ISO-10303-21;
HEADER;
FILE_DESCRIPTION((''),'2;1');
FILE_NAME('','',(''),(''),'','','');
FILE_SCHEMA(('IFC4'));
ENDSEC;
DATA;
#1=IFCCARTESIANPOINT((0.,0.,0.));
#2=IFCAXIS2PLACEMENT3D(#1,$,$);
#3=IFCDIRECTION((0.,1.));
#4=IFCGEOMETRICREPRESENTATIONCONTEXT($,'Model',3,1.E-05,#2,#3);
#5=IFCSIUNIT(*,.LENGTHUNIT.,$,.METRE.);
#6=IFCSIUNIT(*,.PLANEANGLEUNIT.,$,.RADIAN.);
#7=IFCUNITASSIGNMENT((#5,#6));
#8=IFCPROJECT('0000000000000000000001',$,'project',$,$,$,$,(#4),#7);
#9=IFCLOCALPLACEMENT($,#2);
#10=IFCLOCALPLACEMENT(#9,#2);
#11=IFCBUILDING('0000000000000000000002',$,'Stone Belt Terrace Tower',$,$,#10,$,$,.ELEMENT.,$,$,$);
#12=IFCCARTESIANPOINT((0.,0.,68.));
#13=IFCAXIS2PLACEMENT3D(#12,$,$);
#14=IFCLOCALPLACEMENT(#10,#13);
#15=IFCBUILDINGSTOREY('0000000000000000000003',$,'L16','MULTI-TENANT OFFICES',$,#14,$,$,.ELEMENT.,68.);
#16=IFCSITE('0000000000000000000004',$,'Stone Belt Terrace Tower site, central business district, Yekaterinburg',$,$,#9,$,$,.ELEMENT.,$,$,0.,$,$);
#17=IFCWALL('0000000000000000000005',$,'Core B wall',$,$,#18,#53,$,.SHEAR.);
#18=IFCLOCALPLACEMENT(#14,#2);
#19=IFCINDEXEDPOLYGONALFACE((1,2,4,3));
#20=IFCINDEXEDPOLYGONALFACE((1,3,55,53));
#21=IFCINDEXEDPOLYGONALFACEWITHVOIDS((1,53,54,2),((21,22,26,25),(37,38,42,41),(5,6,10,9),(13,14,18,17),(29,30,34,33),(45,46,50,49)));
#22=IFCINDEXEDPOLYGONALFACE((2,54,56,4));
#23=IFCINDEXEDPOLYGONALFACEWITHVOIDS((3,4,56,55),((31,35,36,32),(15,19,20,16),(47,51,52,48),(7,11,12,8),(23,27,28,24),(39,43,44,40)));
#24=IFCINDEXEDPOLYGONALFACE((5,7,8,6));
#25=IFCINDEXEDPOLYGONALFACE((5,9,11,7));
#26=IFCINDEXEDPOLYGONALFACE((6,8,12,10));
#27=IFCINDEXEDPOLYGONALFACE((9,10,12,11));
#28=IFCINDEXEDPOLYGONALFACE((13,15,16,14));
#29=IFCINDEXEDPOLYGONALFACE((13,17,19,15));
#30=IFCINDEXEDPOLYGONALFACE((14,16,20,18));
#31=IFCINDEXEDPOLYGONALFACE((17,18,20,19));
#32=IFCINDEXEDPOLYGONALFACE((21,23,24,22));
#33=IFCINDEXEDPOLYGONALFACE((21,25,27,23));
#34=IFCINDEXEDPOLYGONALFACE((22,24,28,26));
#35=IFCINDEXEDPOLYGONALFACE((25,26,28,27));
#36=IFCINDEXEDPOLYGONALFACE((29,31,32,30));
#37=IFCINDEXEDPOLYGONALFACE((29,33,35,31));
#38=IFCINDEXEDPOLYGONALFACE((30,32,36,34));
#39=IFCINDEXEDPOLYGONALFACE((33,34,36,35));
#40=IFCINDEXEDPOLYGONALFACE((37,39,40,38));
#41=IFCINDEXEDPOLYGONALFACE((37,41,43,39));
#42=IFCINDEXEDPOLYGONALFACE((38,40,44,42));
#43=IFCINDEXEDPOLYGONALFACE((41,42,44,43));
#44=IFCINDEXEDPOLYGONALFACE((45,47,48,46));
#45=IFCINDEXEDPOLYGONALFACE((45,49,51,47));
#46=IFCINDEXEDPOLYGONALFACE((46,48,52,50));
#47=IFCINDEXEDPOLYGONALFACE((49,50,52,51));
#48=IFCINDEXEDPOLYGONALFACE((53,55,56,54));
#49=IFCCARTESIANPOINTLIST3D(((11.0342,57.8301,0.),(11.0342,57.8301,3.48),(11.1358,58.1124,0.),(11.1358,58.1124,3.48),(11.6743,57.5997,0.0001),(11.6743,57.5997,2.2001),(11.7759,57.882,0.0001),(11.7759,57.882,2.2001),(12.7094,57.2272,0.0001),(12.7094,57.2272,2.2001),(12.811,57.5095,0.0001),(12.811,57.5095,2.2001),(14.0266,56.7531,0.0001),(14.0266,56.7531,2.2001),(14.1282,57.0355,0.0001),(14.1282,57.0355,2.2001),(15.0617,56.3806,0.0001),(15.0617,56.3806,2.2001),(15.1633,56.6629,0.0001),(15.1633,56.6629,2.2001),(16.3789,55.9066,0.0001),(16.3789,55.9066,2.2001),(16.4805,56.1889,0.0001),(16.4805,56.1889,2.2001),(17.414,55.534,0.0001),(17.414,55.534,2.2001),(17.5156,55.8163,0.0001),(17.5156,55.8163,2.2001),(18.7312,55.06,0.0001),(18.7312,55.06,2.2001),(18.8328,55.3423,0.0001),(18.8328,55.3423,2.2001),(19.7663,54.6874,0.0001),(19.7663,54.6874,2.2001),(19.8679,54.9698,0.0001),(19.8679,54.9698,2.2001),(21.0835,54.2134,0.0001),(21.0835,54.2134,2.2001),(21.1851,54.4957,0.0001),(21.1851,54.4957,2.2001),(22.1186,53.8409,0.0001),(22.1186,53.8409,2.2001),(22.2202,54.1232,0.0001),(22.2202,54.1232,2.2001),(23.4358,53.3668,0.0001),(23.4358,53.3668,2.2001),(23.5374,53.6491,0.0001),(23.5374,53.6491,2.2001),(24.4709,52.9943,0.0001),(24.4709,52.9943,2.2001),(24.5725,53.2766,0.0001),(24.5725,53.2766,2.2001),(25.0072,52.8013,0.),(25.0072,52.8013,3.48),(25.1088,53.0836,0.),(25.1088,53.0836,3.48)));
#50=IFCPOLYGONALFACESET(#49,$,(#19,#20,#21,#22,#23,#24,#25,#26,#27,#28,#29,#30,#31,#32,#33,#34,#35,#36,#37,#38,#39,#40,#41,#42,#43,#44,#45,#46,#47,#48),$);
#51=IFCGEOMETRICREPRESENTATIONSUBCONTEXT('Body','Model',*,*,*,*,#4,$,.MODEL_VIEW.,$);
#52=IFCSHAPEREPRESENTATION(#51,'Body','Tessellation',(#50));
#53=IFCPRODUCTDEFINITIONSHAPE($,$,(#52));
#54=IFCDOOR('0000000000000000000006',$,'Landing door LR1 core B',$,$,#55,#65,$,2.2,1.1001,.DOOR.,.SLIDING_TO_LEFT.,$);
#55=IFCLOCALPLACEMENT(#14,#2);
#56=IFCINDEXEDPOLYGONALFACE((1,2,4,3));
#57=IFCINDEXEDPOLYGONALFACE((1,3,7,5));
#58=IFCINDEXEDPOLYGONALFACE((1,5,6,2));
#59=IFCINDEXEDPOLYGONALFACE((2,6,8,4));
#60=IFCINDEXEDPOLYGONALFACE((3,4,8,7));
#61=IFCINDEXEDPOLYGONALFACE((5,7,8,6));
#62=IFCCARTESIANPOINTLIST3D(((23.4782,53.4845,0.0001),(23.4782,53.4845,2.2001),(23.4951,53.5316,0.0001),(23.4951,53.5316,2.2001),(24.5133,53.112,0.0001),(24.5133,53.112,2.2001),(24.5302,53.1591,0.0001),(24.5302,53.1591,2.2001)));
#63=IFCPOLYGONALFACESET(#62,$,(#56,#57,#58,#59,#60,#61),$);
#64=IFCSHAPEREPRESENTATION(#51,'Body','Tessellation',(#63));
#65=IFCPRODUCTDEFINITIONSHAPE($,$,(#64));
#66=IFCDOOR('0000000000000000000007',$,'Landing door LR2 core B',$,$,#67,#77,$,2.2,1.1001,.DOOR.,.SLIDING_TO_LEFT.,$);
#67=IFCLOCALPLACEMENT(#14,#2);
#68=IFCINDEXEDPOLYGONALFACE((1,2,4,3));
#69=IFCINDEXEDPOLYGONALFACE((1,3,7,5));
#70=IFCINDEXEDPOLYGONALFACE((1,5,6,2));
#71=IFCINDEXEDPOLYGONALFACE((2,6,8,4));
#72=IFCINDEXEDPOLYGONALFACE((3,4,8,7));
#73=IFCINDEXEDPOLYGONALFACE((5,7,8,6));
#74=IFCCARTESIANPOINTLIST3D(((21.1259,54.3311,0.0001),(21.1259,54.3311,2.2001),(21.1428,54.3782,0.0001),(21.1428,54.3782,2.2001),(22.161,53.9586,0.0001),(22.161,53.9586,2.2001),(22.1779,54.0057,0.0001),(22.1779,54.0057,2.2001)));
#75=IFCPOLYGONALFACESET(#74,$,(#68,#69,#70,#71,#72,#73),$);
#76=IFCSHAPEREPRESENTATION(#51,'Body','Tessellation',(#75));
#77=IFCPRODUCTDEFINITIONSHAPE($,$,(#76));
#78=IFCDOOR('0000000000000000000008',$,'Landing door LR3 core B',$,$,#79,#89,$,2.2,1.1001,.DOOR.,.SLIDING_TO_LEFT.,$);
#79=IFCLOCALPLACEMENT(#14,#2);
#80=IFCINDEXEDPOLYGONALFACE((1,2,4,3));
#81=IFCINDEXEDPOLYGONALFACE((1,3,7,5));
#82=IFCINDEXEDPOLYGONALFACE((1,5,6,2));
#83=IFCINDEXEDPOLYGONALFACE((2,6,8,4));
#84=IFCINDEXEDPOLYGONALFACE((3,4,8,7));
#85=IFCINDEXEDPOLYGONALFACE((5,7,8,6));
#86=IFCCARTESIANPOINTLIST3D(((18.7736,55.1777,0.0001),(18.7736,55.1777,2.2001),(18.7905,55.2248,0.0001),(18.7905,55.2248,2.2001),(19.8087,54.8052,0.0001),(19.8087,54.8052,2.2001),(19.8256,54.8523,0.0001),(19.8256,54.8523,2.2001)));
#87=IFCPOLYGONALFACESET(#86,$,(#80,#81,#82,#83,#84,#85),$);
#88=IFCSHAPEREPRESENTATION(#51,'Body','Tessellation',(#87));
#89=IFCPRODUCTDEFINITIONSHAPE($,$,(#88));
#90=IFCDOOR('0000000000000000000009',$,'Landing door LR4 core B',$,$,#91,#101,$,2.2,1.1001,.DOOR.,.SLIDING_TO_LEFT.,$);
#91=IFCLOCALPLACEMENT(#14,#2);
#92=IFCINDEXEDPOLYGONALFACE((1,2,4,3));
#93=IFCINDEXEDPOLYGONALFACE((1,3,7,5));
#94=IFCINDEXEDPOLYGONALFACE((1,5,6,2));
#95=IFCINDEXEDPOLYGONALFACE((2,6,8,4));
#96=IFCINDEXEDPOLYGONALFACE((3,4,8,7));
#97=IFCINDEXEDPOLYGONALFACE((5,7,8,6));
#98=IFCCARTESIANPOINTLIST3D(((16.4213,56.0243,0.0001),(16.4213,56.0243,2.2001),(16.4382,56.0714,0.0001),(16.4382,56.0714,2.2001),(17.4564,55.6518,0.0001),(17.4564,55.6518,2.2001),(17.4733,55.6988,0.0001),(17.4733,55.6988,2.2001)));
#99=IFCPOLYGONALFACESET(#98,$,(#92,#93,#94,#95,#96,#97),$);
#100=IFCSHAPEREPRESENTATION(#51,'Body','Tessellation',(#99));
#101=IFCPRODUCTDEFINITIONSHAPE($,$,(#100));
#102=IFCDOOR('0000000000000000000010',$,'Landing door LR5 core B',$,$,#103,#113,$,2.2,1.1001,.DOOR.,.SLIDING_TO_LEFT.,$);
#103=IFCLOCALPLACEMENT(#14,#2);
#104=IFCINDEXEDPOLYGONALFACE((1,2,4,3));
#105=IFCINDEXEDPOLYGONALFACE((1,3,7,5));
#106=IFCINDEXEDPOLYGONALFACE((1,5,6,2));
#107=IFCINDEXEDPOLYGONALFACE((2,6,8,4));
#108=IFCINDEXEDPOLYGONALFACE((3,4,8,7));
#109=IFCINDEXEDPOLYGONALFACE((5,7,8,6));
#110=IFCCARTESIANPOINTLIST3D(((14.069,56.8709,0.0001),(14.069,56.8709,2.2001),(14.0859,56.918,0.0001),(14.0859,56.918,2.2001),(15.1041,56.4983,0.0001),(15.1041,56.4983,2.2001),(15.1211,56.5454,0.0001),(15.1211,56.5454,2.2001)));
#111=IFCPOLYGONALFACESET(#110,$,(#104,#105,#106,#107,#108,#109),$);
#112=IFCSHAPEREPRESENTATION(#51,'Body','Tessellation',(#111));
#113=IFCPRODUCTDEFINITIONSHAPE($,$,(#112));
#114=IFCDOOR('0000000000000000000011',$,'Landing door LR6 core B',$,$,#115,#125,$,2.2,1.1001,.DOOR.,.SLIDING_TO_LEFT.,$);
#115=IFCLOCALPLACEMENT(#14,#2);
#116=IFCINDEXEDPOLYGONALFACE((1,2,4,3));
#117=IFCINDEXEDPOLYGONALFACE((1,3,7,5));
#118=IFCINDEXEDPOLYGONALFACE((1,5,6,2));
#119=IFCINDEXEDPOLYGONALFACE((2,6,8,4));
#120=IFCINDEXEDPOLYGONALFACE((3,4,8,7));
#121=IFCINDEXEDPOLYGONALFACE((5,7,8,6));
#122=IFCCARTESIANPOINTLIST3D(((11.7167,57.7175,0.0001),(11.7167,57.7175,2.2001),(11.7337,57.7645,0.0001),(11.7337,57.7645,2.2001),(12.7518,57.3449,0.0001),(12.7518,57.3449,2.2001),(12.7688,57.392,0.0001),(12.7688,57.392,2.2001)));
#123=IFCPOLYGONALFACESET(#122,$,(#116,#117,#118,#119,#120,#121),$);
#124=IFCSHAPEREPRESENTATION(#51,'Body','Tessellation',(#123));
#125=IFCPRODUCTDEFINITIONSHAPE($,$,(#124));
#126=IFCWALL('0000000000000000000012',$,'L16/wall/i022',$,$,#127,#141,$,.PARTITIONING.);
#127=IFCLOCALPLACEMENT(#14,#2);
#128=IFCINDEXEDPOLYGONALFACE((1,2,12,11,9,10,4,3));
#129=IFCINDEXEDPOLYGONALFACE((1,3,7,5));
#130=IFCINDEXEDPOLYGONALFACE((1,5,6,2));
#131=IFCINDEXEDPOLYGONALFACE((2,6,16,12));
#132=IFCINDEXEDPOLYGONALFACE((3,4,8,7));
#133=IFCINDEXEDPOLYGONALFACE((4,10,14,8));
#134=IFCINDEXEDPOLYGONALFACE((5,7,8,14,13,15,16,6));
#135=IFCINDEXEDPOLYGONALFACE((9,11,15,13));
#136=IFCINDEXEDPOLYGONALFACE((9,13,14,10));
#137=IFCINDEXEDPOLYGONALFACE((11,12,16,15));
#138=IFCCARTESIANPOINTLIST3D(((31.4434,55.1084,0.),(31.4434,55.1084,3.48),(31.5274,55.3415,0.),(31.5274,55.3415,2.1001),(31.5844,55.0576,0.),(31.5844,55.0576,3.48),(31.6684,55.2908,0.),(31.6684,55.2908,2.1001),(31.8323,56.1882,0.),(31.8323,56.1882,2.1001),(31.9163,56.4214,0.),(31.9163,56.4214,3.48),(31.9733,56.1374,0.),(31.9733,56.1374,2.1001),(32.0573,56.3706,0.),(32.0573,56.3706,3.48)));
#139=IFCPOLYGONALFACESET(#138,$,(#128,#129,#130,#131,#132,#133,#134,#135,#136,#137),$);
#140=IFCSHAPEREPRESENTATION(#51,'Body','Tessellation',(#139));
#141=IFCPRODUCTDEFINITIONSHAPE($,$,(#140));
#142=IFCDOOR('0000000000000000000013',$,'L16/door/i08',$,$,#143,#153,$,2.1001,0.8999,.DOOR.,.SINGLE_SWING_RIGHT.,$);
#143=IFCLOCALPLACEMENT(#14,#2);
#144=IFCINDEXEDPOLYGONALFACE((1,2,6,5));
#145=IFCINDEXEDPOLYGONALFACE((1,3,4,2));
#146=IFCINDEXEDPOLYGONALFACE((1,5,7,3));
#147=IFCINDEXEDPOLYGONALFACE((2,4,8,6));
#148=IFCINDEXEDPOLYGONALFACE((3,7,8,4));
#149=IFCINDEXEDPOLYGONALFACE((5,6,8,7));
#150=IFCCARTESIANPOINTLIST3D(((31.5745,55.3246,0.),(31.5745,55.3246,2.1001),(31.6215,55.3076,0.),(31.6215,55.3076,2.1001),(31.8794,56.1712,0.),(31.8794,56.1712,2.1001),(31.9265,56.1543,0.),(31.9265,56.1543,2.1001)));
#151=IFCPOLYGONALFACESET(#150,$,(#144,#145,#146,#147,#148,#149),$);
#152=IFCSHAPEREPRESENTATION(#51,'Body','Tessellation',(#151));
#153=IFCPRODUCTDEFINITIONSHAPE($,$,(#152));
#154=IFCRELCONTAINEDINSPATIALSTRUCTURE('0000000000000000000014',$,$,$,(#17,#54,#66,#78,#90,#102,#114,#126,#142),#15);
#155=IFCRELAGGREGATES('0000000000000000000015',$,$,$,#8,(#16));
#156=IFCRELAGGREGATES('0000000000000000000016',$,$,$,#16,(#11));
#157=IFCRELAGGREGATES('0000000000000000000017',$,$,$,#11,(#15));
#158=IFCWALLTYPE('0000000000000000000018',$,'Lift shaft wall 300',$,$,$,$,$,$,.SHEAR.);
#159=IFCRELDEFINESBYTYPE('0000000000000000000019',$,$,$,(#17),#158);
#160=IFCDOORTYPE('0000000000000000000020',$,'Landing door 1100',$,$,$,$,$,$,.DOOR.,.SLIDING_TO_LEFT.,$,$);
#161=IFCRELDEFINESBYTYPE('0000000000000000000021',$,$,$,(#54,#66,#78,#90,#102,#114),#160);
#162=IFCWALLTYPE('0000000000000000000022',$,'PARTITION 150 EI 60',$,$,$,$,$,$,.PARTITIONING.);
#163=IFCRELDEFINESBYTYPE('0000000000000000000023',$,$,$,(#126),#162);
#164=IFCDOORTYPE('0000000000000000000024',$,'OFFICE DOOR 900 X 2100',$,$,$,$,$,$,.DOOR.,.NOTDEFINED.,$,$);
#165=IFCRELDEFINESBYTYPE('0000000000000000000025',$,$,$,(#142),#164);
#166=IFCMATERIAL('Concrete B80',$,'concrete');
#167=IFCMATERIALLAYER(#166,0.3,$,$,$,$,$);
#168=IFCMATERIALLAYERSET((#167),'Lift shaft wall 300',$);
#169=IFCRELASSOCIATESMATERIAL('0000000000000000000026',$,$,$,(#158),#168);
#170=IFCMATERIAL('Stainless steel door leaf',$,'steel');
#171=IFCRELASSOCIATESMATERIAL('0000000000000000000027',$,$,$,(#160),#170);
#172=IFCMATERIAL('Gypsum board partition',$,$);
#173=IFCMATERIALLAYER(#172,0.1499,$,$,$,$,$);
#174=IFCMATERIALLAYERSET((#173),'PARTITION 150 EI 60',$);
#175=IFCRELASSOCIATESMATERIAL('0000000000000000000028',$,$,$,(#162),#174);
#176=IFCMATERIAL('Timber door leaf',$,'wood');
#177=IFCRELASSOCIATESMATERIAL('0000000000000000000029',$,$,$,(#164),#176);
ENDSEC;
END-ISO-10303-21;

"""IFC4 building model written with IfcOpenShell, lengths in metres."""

from ifc_helpers import new_model, si_unit, direction, frame, frame_2d, origin, place, context, subcontext, project, spatial, rectangle, extrude, material, layer, layer_set, type_object, element, fill, save


model = new_model("IFC4")

# Units and contexts
model_context = context("Model", 3, precision=1e-05, world=origin(), true_north=direction((0.0, 1.0)))
body_context = subcontext(model_context, "Body", "Model", "MODEL_VIEW")
ifc_project = project(units=[si_unit("LENGTHUNIT", "METRE"), si_unit("PLANEANGLEUNIT", "RADIAN")], contexts=[model_context])

# Site, building, storey
site_placement = place(None, origin())
site = spatial("IfcSite", under=ifc_project, at=site_placement, Name="Stone Belt Terrace Tower site, central business district, Yekaterinburg", CompositionType="ELEMENT", RefElevation=0.0)
building_placement = place(site_placement, origin())
building = spatial("IfcBuilding", under=site, at=building_placement, Name="Stone Belt Terrace Tower", CompositionType="ELEMENT")
storey_placement = place(building_placement, frame((0.0, 0.0, 68.0)))
storey = spatial("IfcBuildingStorey", under=building, at=storey_placement, Name="L16", Description="MULTI-TENANT OFFICES", CompositionType="ELEMENT", Elevation=68.0)

# Shared definitions
ifc_material_1 = material(Name="Concrete B80", Category="concrete")

# Shared definitions
ifc_layer_1 = layer(ifc_material_1, 0.3)
ifc_layer_set_1 = layer_set([ifc_layer_1], Name="Lift shaft wall 300")
wall_type_1 = type_object("IfcWallType", Name="Lift shaft wall 300", PredefinedType="SHEAR", material=ifc_layer_set_1)
ifc_material_2 = material(Name="Stainless steel door leaf", Category="steel")

# Wall, openings, doors
wall_1_placement = place(storey_placement, frame((25.0581, 52.9424, 0.0), z_axis=(0.0, 0.0, 1.0), x_axis=(-0.940918, 0.338634, 0.0)))
wall_1 = element("IfcWall", 1, at=wall_1_placement, inside=storey, type_object=wall_type_1, Name="Core B wall", PredefinedType="SHEAR", context=body_context, shape_type="SweptSolid", body=[
    extrude(rectangle(XDim=14.8503, YDim=0.3, at=frame_2d((7.4253, 0.0))), origin(), (0.0, 0.0, 1.0), 3.48),
])
opening_1_placement = place(wall_1_placement, frame((0.5701, 0.0, 0.0)))
opening_1 = element("IfcOpeningElement", 2, at=opening_1_placement, cuts=wall_1, PredefinedType="OPENING", context=body_context, shape_type="SweptSolid", body=[
    extrude(rectangle(XDim=1.1001, YDim=2.2, at=frame_2d((0.55, 1.1001))), frame((0.0, 0.1599, 0.0), z_axis=(0.0, -1.0, 0.0), x_axis=(1.0, 0.0, 0.0)), (0.0, 0.0, 1.0), 0.3201),
])
opening_2_placement = place(wall_1_placement, frame((3.0701, 0.0, 0.0)))
opening_2 = element("IfcOpeningElement", 3, at=opening_2_placement, cuts=wall_1, PredefinedType="OPENING", context=body_context, shape_type="SweptSolid", body=[
    extrude(rectangle(XDim=1.1001, YDim=2.2, at=frame_2d((0.55, 1.1001))), frame((0.0, 0.1599, 0.0), z_axis=(0.0, -1.0, 0.0), x_axis=(1.0, 0.0, 0.0)), (0.0, 0.0, 1.0), 0.3201),
])
opening_3_placement = place(wall_1_placement, frame((5.5701, 0.0, 0.0)))
opening_3 = element("IfcOpeningElement", 4, at=opening_3_placement, cuts=wall_1, PredefinedType="OPENING", context=body_context, shape_type="SweptSolid", body=[
    extrude(rectangle(XDim=1.1001, YDim=2.2, at=frame_2d((0.55, 1.1001))), frame((0.0, 0.1599, 0.0), z_axis=(0.0, -1.0, 0.0), x_axis=(1.0, 0.0, 0.0)), (0.0, 0.0, 1.0), 0.3201),
])
opening_4_placement = place(wall_1_placement, frame((8.0701, 0.0, 0.0)))
opening_4 = element("IfcOpeningElement", 5, at=opening_4_placement, cuts=wall_1, PredefinedType="OPENING", context=body_context, shape_type="SweptSolid", body=[
    extrude(rectangle(XDim=1.1001, YDim=2.2, at=frame_2d((0.55, 1.1001))), frame((0.0, 0.1599, 0.0), z_axis=(0.0, -1.0, 0.0), x_axis=(1.0, 0.0, 0.0)), (0.0, 0.0, 1.0), 0.3201),
])
opening_5_placement = place(wall_1_placement, frame((10.5701, 0.0, 0.0)))
opening_5 = element("IfcOpeningElement", 6, at=opening_5_placement, cuts=wall_1, PredefinedType="OPENING", context=body_context, shape_type="SweptSolid", body=[
    extrude(rectangle(XDim=1.1001, YDim=2.2, at=frame_2d((0.55, 1.1001))), frame((0.0, 0.1599, 0.0), z_axis=(0.0, -1.0, 0.0), x_axis=(1.0, 0.0, 0.0)), (0.0, 0.0, 1.0), 0.3201),
])
opening_6_placement = place(wall_1_placement, frame((13.0701, 0.0, 0.0)))
opening_6 = element("IfcOpeningElement", 7, at=opening_6_placement, cuts=wall_1, PredefinedType="OPENING", context=body_context, shape_type="SweptSolid", body=[
    extrude(rectangle(XDim=1.1001, YDim=2.2, at=frame_2d((0.55, 1.1001))), frame((0.0, 0.1599, 0.0), z_axis=(0.0, -1.0, 0.0), x_axis=(1.0, 0.0, 0.0)), (0.0, 0.0, 1.0), 0.3201),
])
door_type_1 = type_object("IfcDoorType", Name="Landing door 1100", OperationType="SLIDING_TO_LEFT", PredefinedType="DOOR", material=ifc_material_2)
door_1_placement = place(opening_1_placement, origin())
door_1 = element("IfcDoor", 8, at=door_1_placement, inside=storey, type_object=door_type_1, Name="Landing door LR1 core B", OperationType="SLIDING_TO_LEFT", OverallHeight=2.2, OverallWidth=1.1001, PredefinedType="DOOR", context=body_context, shape_type="SweptSolid", body=[
    extrude(rectangle(XDim=1.1001, YDim=2.2, at=frame_2d((0.55, 1.1001))), frame((0.0, 0.0249, 0.0), z_axis=(0.0, -1.0, 0.0), x_axis=(1.0, 0.0, 0.0)), (0.0, 0.0, 1.0), 0.05),
])
fill(opening_1, door_1)
door_2_placement = place(opening_2_placement, origin())
door_2 = element("IfcDoor", 9, at=door_2_placement, inside=storey, type_object=door_type_1, Name="Landing door LR2 core B", OperationType="SLIDING_TO_LEFT", OverallHeight=2.2, OverallWidth=1.1001, PredefinedType="DOOR", context=body_context, shape_type="SweptSolid", body=[
    extrude(rectangle(XDim=1.1001, YDim=2.2, at=frame_2d((0.55, 1.1001))), frame((0.0, 0.0249, 0.0), z_axis=(0.0, -1.0, 0.0), x_axis=(1.0, 0.0, 0.0)), (0.0, 0.0, 1.0), 0.05),
])
fill(opening_2, door_2)
door_3_placement = place(opening_3_placement, origin())
door_3 = element("IfcDoor", 10, at=door_3_placement, inside=storey, type_object=door_type_1, Name="Landing door LR3 core B", OperationType="SLIDING_TO_LEFT", OverallHeight=2.2, OverallWidth=1.1001, PredefinedType="DOOR", context=body_context, shape_type="SweptSolid", body=[
    extrude(rectangle(XDim=1.1001, YDim=2.2, at=frame_2d((0.55, 1.1001))), frame((0.0, 0.0249, 0.0), z_axis=(0.0, -1.0, 0.0), x_axis=(1.0, 0.0, 0.0)), (0.0, 0.0, 1.0), 0.05),
])
fill(opening_3, door_3)
door_4_placement = place(opening_4_placement, origin())
door_4 = element("IfcDoor", 11, at=door_4_placement, inside=storey, type_object=door_type_1, Name="Landing door LR4 core B", OperationType="SLIDING_TO_LEFT", OverallHeight=2.2, OverallWidth=1.1001, PredefinedType="DOOR", context=body_context, shape_type="SweptSolid", body=[
    extrude(rectangle(XDim=1.1001, YDim=2.2, at=frame_2d((0.55, 1.1001))), frame((0.0, 0.0249, 0.0), z_axis=(0.0, -1.0, 0.0), x_axis=(1.0, 0.0, 0.0)), (0.0, 0.0, 1.0), 0.05),
])
fill(opening_4, door_4)
door_5_placement = place(opening_5_placement, origin())
door_5 = element("IfcDoor", 12, at=door_5_placement, inside=storey, type_object=door_type_1, Name="Landing door LR5 core B", OperationType="SLIDING_TO_LEFT", OverallHeight=2.2, OverallWidth=1.1001, PredefinedType="DOOR", context=body_context, shape_type="SweptSolid", body=[
    extrude(rectangle(XDim=1.1001, YDim=2.2, at=frame_2d((0.55, 1.1001))), frame((0.0, 0.0249, 0.0), z_axis=(0.0, -1.0, 0.0), x_axis=(1.0, 0.0, 0.0)), (0.0, 0.0, 1.0), 0.05),
])
fill(opening_5, door_5)
door_6_placement = place(opening_6_placement, origin())
door_6 = element("IfcDoor", 13, at=door_6_placement, inside=storey, type_object=door_type_1, Name="Landing door LR6 core B", OperationType="SLIDING_TO_LEFT", OverallHeight=2.2, OverallWidth=1.1001, PredefinedType="DOOR", context=body_context, shape_type="SweptSolid", body=[
    extrude(rectangle(XDim=1.1001, YDim=2.2, at=frame_2d((0.55, 1.1001))), frame((0.0, 0.0249, 0.0), z_axis=(0.0, -1.0, 0.0), x_axis=(1.0, 0.0, 0.0)), (0.0, 0.0, 1.0), 0.05),
])
fill(opening_6, door_6)

# Wall, opening, door
ifc_material_3 = material(Name="Gypsum board partition")
ifc_layer_2 = layer(ifc_material_3, 0.1499)
ifc_layer_set_2 = layer_set([ifc_layer_2], Name="PARTITION 150 EI 60")
wall_type_2 = type_object("IfcWallType", Name="PARTITION 150 EI 60", PredefinedType="PARTITIONING", material=ifc_layer_set_2)
wall_2_placement = place(storey_placement, frame((31.5139, 55.083, 0.0), z_axis=(0.0, 0.0, 1.0), x_axis=(0.338862, 0.940836, 0.0)))
wall_2 = element("IfcWall", 14, at=wall_2_placement, inside=storey, type_object=wall_type_2, Name="L16/wall/i022", PredefinedType="PARTITIONING", context=body_context, shape_type="SweptSolid", body=[
    extrude(rectangle(XDim=1.3955, YDim=0.1499, at=frame_2d((0.6978, 0.0))), origin(), (0.0, 0.0, 1.0), 3.48),
])
opening_7_placement = place(wall_2_placement, frame((0.2478, 0.0, 0.0)))
opening_7 = element("IfcOpeningElement", 15, at=opening_7_placement, cuts=wall_2, PredefinedType="OPENING", context=body_context, shape_type="SweptSolid", body=[
    extrude(rectangle(XDim=0.8999, YDim=2.1001, at=frame_2d((0.45, 1.05))), frame((0.0, 0.085, 0.0), z_axis=(0.0, -1.0, 0.0), x_axis=(1.0, 0.0, 0.0)), (0.0, 0.0, 1.0), 0.1699),
])
ifc_material_4 = material(Name="Timber door leaf", Category="wood")
door_type_2 = type_object("IfcDoorType", Name="OFFICE DOOR 900 X 2100", OperationType="NOTDEFINED", PredefinedType="DOOR", material=ifc_material_4)
door_7_placement = place(opening_7_placement, origin())
door_7 = element("IfcDoor", 16, at=door_7_placement, inside=storey, type_object=door_type_2, Name="L16/door/i08", OperationType="SINGLE_SWING_RIGHT", OverallHeight=2.1001, OverallWidth=0.8999, PredefinedType="DOOR", context=body_context, shape_type="SweptSolid", body=[
    extrude(rectangle(XDim=0.8999, YDim=2.1001, at=frame_2d((0.45, 1.05))), frame((0.0, 0.0249, 0.0), z_axis=(0.0, -1.0, 0.0), x_axis=(1.0, 0.0, 0.0)), (0.0, 0.0, 1.0), 0.05),
])
fill(opening_7, door_7)

save(model, "model.ifc")
